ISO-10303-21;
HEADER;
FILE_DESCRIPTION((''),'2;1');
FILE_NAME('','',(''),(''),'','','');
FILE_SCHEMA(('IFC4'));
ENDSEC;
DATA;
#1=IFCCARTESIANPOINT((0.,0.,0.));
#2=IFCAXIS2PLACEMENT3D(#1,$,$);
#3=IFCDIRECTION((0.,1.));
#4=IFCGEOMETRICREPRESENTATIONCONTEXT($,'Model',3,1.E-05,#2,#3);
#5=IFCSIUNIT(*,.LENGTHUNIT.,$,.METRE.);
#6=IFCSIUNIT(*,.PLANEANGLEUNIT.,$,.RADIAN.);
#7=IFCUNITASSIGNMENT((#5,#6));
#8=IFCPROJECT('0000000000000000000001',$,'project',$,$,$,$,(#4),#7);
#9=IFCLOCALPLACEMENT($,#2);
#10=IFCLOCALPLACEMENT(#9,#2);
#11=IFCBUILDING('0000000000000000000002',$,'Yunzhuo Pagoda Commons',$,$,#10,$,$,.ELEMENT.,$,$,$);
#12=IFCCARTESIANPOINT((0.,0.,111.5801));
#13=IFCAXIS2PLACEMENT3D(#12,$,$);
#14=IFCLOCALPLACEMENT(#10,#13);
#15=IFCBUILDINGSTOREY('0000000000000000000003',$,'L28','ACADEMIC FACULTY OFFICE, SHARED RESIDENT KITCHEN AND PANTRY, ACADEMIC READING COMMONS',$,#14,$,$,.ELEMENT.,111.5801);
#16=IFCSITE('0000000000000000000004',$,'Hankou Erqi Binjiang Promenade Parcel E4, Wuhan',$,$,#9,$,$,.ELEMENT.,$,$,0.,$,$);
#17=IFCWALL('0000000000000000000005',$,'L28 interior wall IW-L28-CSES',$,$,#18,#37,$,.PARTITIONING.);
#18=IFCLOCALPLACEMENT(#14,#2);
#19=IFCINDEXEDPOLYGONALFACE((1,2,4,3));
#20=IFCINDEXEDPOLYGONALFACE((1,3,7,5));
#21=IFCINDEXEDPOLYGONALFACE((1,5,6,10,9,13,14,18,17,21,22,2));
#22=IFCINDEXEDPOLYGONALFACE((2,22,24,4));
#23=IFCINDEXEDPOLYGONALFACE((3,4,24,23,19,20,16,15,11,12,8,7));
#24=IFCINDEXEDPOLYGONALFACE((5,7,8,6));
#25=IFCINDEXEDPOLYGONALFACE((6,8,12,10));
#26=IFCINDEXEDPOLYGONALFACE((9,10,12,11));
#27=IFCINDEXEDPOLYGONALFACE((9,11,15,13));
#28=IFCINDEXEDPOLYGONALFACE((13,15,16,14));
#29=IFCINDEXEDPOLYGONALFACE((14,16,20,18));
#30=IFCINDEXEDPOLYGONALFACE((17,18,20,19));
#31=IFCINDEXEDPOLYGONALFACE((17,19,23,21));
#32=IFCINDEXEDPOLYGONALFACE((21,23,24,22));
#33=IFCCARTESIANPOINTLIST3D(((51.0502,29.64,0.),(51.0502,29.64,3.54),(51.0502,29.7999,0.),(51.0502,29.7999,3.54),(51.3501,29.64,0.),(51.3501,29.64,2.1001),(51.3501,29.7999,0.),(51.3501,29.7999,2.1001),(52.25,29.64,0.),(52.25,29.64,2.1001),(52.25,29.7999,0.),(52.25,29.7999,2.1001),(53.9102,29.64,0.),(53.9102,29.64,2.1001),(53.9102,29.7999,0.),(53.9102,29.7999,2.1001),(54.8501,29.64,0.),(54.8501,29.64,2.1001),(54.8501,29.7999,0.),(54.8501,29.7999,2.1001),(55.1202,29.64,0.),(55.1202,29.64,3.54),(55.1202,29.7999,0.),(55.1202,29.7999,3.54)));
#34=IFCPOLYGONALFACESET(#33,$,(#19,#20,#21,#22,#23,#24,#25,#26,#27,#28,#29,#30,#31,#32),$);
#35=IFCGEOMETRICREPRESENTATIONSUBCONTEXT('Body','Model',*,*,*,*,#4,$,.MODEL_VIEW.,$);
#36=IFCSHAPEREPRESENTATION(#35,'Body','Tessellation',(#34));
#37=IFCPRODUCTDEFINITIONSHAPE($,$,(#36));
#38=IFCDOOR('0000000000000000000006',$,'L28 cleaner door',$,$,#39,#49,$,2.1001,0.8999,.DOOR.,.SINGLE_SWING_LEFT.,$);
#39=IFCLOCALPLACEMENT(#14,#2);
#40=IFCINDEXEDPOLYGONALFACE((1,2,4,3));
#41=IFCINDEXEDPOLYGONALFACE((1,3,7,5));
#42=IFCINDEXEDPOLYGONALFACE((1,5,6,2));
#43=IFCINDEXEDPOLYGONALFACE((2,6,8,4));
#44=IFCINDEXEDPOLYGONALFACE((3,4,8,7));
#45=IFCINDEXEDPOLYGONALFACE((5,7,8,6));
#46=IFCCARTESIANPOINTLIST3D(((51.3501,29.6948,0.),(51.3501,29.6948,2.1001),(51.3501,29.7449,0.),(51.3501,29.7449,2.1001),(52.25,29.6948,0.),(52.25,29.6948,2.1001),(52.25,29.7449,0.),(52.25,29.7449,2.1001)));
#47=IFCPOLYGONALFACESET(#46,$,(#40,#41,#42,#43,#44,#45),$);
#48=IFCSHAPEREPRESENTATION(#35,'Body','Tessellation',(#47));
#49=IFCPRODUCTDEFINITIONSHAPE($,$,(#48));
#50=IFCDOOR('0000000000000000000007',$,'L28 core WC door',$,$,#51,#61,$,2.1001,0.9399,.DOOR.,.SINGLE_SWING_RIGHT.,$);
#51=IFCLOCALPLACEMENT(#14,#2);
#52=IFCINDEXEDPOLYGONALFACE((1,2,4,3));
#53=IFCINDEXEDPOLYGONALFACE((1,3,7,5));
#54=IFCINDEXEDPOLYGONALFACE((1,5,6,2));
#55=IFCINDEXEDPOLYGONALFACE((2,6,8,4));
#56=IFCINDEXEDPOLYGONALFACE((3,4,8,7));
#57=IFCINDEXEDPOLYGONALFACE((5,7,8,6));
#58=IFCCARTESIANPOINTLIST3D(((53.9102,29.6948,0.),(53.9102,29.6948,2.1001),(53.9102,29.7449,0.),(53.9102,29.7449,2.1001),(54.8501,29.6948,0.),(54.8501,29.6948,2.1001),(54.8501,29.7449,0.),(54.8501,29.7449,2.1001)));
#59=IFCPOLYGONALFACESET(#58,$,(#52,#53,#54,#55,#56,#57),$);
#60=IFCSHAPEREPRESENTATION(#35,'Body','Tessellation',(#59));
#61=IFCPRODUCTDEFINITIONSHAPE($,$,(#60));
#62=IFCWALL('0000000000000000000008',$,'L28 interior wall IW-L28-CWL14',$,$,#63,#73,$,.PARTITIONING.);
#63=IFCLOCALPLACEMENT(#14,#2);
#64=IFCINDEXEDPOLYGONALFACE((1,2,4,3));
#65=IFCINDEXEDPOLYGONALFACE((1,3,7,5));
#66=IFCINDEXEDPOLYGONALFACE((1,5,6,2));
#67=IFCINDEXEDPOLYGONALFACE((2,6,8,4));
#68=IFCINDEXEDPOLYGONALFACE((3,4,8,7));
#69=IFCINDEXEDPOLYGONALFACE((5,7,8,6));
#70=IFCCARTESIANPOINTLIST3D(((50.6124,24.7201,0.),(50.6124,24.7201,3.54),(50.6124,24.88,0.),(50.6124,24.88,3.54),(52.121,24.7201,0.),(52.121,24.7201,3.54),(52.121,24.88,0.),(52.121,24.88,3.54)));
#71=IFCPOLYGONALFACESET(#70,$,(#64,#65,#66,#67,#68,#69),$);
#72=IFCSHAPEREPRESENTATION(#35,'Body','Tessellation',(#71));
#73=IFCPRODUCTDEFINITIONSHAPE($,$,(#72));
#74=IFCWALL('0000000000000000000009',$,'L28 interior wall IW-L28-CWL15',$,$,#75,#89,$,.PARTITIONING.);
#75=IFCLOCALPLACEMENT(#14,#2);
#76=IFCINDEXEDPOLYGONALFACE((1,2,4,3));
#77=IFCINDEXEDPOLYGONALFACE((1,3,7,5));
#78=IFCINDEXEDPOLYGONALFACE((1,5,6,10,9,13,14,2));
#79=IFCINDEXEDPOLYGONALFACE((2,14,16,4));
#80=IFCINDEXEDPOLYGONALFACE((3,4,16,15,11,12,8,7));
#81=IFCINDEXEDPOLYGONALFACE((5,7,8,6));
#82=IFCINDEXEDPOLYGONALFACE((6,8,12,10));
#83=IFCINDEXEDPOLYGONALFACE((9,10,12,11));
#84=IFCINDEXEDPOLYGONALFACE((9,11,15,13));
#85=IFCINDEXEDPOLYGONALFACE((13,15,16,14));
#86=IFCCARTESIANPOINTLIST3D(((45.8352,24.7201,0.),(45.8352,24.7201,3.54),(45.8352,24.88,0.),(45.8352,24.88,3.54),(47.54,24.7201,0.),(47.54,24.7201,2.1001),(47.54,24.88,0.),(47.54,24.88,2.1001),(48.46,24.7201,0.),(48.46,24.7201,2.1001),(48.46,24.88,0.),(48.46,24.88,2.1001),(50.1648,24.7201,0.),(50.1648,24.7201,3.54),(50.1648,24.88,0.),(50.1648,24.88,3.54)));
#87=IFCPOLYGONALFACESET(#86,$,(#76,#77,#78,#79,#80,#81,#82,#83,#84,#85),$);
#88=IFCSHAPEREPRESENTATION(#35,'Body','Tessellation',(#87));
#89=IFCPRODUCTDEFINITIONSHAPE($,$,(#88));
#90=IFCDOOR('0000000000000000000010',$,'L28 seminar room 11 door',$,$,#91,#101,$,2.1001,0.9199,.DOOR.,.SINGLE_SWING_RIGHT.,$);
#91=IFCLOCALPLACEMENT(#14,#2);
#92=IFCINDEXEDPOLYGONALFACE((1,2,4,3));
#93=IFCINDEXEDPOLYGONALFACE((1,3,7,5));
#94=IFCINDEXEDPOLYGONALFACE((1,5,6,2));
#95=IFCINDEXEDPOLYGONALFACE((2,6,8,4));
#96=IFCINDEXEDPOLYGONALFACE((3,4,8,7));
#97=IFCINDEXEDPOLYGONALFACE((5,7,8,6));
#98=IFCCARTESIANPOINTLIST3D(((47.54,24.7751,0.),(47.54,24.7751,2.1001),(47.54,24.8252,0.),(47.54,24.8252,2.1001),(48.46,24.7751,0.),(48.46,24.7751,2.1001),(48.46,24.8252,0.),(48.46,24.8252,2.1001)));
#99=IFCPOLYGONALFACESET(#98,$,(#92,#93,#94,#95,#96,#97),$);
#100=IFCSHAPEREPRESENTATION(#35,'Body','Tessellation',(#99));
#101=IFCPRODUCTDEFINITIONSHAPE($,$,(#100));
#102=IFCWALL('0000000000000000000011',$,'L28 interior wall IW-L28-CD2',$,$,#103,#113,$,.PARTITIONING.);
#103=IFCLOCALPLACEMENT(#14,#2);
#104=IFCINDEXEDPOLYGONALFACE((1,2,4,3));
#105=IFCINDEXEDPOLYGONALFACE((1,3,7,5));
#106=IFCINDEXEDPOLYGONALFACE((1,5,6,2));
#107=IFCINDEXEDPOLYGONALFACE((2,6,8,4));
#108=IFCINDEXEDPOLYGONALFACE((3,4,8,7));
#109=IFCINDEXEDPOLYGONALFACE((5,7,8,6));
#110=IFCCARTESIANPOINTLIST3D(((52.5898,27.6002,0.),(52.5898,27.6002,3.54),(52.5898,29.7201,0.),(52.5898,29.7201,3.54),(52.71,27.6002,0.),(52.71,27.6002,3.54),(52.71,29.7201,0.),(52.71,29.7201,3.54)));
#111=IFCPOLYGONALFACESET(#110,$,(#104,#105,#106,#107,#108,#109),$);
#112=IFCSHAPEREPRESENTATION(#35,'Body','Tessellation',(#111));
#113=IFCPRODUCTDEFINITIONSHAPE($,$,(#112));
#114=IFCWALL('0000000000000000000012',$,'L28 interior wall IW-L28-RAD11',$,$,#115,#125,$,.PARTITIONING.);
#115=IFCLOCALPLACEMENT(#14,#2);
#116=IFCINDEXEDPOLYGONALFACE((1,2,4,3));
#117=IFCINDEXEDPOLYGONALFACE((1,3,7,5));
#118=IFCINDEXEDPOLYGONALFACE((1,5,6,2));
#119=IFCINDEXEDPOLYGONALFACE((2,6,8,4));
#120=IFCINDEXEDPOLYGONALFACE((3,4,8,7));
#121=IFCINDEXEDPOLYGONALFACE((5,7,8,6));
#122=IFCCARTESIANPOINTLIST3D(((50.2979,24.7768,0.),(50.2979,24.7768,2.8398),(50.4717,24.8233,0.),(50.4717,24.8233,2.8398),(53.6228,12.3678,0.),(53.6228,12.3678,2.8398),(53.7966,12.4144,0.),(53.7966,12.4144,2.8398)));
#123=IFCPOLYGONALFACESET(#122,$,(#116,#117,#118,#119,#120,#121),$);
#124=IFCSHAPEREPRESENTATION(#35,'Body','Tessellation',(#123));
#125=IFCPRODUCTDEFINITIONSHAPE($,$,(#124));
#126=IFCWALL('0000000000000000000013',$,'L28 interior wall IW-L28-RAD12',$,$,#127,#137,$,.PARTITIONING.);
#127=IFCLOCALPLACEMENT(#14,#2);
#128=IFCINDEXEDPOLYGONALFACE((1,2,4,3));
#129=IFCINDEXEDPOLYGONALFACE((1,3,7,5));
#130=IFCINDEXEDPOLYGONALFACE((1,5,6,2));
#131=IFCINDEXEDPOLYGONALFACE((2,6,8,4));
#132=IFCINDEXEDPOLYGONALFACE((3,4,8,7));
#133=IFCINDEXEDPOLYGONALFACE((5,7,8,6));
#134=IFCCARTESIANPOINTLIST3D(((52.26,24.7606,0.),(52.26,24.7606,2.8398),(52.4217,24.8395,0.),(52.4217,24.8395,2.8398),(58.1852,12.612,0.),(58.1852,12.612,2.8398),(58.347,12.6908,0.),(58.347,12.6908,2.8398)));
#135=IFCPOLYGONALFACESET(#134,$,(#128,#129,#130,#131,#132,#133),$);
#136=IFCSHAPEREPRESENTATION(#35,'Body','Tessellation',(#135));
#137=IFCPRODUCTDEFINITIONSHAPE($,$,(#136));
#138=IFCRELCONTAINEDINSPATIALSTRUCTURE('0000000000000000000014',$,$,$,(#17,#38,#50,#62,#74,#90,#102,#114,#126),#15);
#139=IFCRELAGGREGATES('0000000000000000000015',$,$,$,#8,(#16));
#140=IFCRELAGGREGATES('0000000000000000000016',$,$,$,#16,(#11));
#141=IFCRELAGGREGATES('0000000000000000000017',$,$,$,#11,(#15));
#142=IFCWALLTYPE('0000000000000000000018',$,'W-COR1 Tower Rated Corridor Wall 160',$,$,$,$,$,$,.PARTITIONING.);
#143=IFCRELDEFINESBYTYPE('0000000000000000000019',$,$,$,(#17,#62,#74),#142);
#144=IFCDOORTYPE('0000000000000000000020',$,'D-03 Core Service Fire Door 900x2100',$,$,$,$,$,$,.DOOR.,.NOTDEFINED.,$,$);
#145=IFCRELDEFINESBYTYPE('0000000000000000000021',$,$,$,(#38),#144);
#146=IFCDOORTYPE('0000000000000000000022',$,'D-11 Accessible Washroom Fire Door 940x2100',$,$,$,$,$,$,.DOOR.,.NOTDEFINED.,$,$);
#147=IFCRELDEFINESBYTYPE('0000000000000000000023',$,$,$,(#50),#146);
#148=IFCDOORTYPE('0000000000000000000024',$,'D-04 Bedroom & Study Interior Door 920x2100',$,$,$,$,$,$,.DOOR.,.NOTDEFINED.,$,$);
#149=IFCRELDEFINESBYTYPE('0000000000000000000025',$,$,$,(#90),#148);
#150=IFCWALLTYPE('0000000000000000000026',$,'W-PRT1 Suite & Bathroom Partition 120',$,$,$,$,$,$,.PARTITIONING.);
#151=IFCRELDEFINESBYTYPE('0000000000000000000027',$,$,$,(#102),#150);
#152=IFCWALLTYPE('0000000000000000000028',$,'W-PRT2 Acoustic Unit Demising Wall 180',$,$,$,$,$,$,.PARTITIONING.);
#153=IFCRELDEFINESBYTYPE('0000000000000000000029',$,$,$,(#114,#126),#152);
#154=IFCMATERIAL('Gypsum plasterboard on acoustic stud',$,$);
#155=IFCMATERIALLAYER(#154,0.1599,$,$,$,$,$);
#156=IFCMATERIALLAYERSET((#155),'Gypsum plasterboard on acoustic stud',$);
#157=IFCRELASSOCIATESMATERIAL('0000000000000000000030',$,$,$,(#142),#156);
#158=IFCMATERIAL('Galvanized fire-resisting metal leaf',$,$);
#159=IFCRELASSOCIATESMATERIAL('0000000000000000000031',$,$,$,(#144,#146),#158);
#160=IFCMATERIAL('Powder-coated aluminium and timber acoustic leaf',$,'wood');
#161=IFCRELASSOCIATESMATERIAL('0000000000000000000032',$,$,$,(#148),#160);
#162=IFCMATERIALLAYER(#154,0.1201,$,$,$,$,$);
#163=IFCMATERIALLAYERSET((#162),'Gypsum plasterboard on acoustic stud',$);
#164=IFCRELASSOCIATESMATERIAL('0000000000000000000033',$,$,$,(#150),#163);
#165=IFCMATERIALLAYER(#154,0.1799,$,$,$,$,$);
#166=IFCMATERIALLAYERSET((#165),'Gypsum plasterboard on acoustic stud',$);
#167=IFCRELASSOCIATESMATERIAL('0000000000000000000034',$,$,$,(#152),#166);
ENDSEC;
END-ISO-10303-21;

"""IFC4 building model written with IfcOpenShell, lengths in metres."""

from ifc_helpers import new_model, si_unit, direction, frame, frame_2d, origin, origin_with_axes, place, context, subcontext, project, spatial, rectangle, extrude, source, transform, mapped, material, layer, layer_set, type_object, element, fill, save


model = new_model("IFC4")

# Units and contexts
model_context = context("Model", 3, precision=1e-05, world=origin(), true_north=direction((0.0, 1.0)))
body_context = subcontext(model_context, "Body", "Model", "MODEL_VIEW")
ifc_project = project(units=[si_unit("LENGTHUNIT", "METRE"), si_unit("PLANEANGLEUNIT", "RADIAN")], contexts=[model_context])

# Site, building, storey
site_placement = place(None, origin())
site = spatial("IfcSite", under=ifc_project, at=site_placement, Name="Hankou Erqi Binjiang Promenade Parcel E4, Wuhan", CompositionType="ELEMENT", RefElevation=0.0)
building_placement = place(site_placement, origin())
building = spatial("IfcBuilding", under=site, at=building_placement, Name="Yunzhuo Pagoda Commons", CompositionType="ELEMENT")
storey_placement = place(building_placement, frame((0.0, 0.0, 111.5801)))
storey = spatial("IfcBuildingStorey", under=building, at=storey_placement, Name="L28", Description="ACADEMIC FACULTY OFFICE, SHARED RESIDENT KITCHEN AND PANTRY, ACADEMIC READING COMMONS", CompositionType="ELEMENT", Elevation=111.5801)

# Wall, openings, doors
ifc_material_1 = material(Name="Gypsum plasterboard on acoustic stud")
ifc_layer_1 = layer(ifc_material_1, 0.1599)
ifc_layer_set_1 = layer_set([ifc_layer_1], Name="Gypsum plasterboard on acoustic stud")
wall_type_1 = type_object("IfcWallType", Name="W-COR1 Tower Rated Corridor Wall 160", PredefinedType="PARTITIONING", material=ifc_layer_set_1)
wall_1_placement = place(storey_placement, frame((51.05, 29.72, 0.0), z_axis=(0.0, 0.0, 1.0), x_axis=(1.0, 0.0, 0.0)))
wall_1 = element("IfcWall", 1, at=wall_1_placement, inside=storey, type_object=wall_type_1, Name="L28 interior wall IW-L28-CSES", PredefinedType="PARTITIONING", context=body_context, shape_type="SweptSolid", body=[
    extrude(rectangle(XDim=4.0701, YDim=0.1599, at=frame_2d((2.0352, 0.0))), origin(), (0.0, 0.0, 1.0), 3.54),
])
opening_1_placement = place(wall_1_placement, frame((0.3, 0.0, 0.0)))
opening_1 = element("IfcOpeningElement", 2, at=opening_1_placement, cuts=wall_1, PredefinedType="OPENING", context=body_context, shape_type="SweptSolid", body=[
    extrude(rectangle(XDim=0.8999, YDim=2.1001, at=frame_2d((0.45, 1.05))), frame((0.0, 0.0898, 0.0), z_axis=(0.0, -1.0, 0.0), x_axis=(1.0, 0.0, 0.0)), (0.0, 0.0, 1.0), 0.1799),
])
opening_2_placement = place(wall_1_placement, frame((2.8601, 0.0, 0.0)))
opening_2 = element("IfcOpeningElement", 3, at=opening_2_placement, cuts=wall_1, PredefinedType="OPENING", context=body_context, shape_type="SweptSolid", body=[
    extrude(rectangle(XDim=0.9399, YDim=2.1001, at=frame_2d((0.47, 1.05))), frame((0.0, 0.0898, 0.0), z_axis=(0.0, -1.0, 0.0), x_axis=(1.0, 0.0, 0.0)), (0.0, 0.0, 1.0), 0.1799),
])
ifc_material_2 = material(Name="Galvanized fire-resisting metal leaf")
door_type_1 = type_object("IfcDoorType", Name="D-03 Core Service Fire Door 900x2100", OperationType="NOTDEFINED", PredefinedType="DOOR", material=ifc_material_2)
shared_shape_1 = source(origin(), body_context, "Body", "SweptSolid", [
    extrude(rectangle(XDim=0.8999, YDim=2.1001, at=frame_2d((0.45, 1.05))), frame((0.0, 0.0249, 0.0), z_axis=(0.0, -1.0, 0.0), x_axis=(1.0, 0.0, 0.0)), (0.0, 0.0, 1.0), 0.05),
])
door_1_placement = place(opening_1_placement, origin_with_axes())
door_1 = element("IfcDoor", 4, at=door_1_placement, inside=storey, type_object=door_type_1, Name="L28 cleaner door", OperationType="SINGLE_SWING_LEFT", OverallHeight=2.1001, OverallWidth=0.8999, PredefinedType="DOOR", context=body_context, shape_type="MappedRepresentation", body=[
    mapped(shared_shape_1, transform((0.0, 0.0, 0.0), scale=1.0)),
])
fill(opening_1, door_1)
door_type_2 = type_object("IfcDoorType", Name="D-11 Accessible Washroom Fire Door 940x2100", OperationType="NOTDEFINED", PredefinedType="DOOR", material=ifc_material_2)
shared_shape_2 = source(origin(), body_context, "Body", "SweptSolid", [
    extrude(rectangle(XDim=0.9399, YDim=2.1001, at=frame_2d((0.47, 1.05))), frame((0.0, 0.0249, 0.0), z_axis=(0.0, -1.0, 0.0), x_axis=(1.0, 0.0, 0.0)), (0.0, 0.0, 1.0), 0.05),
])
door_2_placement = place(opening_2_placement, origin_with_axes())
door_2 = element("IfcDoor", 5, at=door_2_placement, inside=storey, type_object=door_type_2, Name="L28 core WC door", OperationType="SINGLE_SWING_RIGHT", OverallHeight=2.1001, OverallWidth=0.9399, PredefinedType="DOOR", context=body_context, shape_type="MappedRepresentation", body=[
    mapped(shared_shape_2, transform((0.0, 0.0, 0.0), scale=1.0)),
])
fill(opening_2, door_2)

# Wall
wall_2_placement = place(storey_placement, frame((52.1211, 24.8, 0.0), z_axis=(0.0, 0.0, 1.0), x_axis=(-1.0, 0.0, 0.0)))
element("IfcWall", 6, at=wall_2_placement, inside=storey, type_object=wall_type_1, Name="L28 interior wall IW-L28-CWL14", PredefinedType="PARTITIONING", context=body_context, shape_type="SweptSolid", body=[
    extrude(rectangle(XDim=1.5085, YDim=0.1599, at=frame_2d((0.7544, 0.0))), origin(), (0.0, 0.0, 1.0), 3.54),
])

# Wall, opening, door
wall_3_placement = place(storey_placement, frame((50.1648, 24.8, 0.0), z_axis=(0.0, 0.0, 1.0), x_axis=(-1.0, 0.0, 0.0)))
wall_3 = element("IfcWall", 7, at=wall_3_placement, inside=storey, type_object=wall_type_1, Name="L28 interior wall IW-L28-CWL15", PredefinedType="PARTITIONING", context=body_context, shape_type="SweptSolid", body=[
    extrude(rectangle(XDim=4.3296, YDim=0.1599, at=frame_2d((2.1648, 0.0))), origin(), (0.0, 0.0, 1.0), 3.54),
])
opening_3_placement = place(wall_3_placement, frame((1.7048, 0.0, 0.0)))
opening_3 = element("IfcOpeningElement", 8, at=opening_3_placement, cuts=wall_3, PredefinedType="OPENING", context=body_context, shape_type="SweptSolid", body=[
    extrude(rectangle(XDim=0.9199, YDim=2.1001, at=frame_2d((0.46, 1.05))), frame((0.0, 0.0898, 0.0), z_axis=(0.0, -1.0, 0.0), x_axis=(1.0, 0.0, 0.0)), (0.0, 0.0, 1.0), 0.1799),
])
ifc_material_3 = material(Name="Powder-coated aluminium and timber acoustic leaf", Category="wood")
door_type_3 = type_object("IfcDoorType", Name="D-04 Bedroom & Study Interior Door 920x2100", OperationType="NOTDEFINED", PredefinedType="DOOR", material=ifc_material_3)
shared_shape_3 = source(origin(), body_context, "Body", "SweptSolid", [
    extrude(rectangle(XDim=0.9199, YDim=2.1001, at=frame_2d((0.46, 1.05))), frame((0.0, 0.0249, 0.0), z_axis=(0.0, -1.0, 0.0), x_axis=(1.0, 0.0, 0.0)), (0.0, 0.0, 1.0), 0.05),
])
door_3_placement = place(opening_3_placement, origin_with_axes())
door_3 = element("IfcDoor", 9, at=door_3_placement, inside=storey, type_object=door_type_3, Name="L28 seminar room 11 door", OperationType="SINGLE_SWING_RIGHT", OverallHeight=2.1001, OverallWidth=0.9199, PredefinedType="DOOR", context=body_context, shape_type="MappedRepresentation", body=[
    mapped(shared_shape_3, transform((0.0, 0.0, 0.0), scale=1.0)),
])
fill(opening_3, door_3)

# Walls
ifc_layer_2 = layer(ifc_material_1, 0.1201)
ifc_layer_set_2 = layer_set([ifc_layer_2], Name="Gypsum plasterboard on acoustic stud")
wall_type_2 = type_object("IfcWallType", Name="W-PRT1 Suite & Bathroom Partition 120", PredefinedType="PARTITIONING", material=ifc_layer_set_2)
wall_4_placement = place(storey_placement, frame((52.6499, 27.6001, 0.0), z_axis=(0.0, 0.0, 1.0), x_axis=(0.0, 1.0, 0.0)))
element("IfcWall", 10, at=wall_4_placement, inside=storey, type_object=wall_type_2, Name="L28 interior wall IW-L28-CD2", PredefinedType="PARTITIONING", context=body_context, shape_type="SweptSolid", body=[
    extrude(rectangle(XDim=2.1199, YDim=0.1201, at=frame_2d((1.0601, 0.0))), origin(), (0.0, 0.0, 1.0), 3.54),
])
ifc_layer_3 = layer(ifc_material_1, 0.1799)
ifc_layer_set_3 = layer_set([ifc_layer_3], Name="Gypsum plasterboard on acoustic stud")
wall_type_3 = type_object("IfcWallType", Name="W-PRT2 Acoustic Unit Demising Wall 180", PredefinedType="PARTITIONING", material=ifc_layer_set_3)
wall_5_placement = place(storey_placement, frame((50.3848, 24.8, 0.0), z_axis=(0.0, 0.0, 1.0), x_axis=(0.258818, -0.965926, 0.0)))
element("IfcWall", 11, at=wall_5_placement, inside=storey, type_object=wall_type_3, Name="L28 interior wall IW-L28-RAD11", PredefinedType="PARTITIONING", context=body_context, shape_type="SweptSolid", body=[
    extrude(rectangle(XDim=12.8467, YDim=0.1799, at=frame_2d((6.4233, 0.0))), origin(), (0.0, 0.0, 1.0), 2.8398),
])
wall_6_placement = place(storey_placement, frame((52.3408, 24.8, 0.0), z_axis=(0.0, 0.0, 1.0), x_axis=(0.43837, -0.898794, 0.0)))
element("IfcWall", 12, at=wall_6_placement, inside=storey, type_object=wall_type_3, Name="L28 interior wall IW-L28-RAD12", PredefinedType="PARTITIONING", context=body_context, shape_type="SweptSolid", body=[
    extrude(rectangle(XDim=13.5166, YDim=0.1799, at=frame_2d((6.7583, 0.0))), origin(), (0.0, 0.0, 1.0), 2.8398),
])

save(model, "model.ifc")
